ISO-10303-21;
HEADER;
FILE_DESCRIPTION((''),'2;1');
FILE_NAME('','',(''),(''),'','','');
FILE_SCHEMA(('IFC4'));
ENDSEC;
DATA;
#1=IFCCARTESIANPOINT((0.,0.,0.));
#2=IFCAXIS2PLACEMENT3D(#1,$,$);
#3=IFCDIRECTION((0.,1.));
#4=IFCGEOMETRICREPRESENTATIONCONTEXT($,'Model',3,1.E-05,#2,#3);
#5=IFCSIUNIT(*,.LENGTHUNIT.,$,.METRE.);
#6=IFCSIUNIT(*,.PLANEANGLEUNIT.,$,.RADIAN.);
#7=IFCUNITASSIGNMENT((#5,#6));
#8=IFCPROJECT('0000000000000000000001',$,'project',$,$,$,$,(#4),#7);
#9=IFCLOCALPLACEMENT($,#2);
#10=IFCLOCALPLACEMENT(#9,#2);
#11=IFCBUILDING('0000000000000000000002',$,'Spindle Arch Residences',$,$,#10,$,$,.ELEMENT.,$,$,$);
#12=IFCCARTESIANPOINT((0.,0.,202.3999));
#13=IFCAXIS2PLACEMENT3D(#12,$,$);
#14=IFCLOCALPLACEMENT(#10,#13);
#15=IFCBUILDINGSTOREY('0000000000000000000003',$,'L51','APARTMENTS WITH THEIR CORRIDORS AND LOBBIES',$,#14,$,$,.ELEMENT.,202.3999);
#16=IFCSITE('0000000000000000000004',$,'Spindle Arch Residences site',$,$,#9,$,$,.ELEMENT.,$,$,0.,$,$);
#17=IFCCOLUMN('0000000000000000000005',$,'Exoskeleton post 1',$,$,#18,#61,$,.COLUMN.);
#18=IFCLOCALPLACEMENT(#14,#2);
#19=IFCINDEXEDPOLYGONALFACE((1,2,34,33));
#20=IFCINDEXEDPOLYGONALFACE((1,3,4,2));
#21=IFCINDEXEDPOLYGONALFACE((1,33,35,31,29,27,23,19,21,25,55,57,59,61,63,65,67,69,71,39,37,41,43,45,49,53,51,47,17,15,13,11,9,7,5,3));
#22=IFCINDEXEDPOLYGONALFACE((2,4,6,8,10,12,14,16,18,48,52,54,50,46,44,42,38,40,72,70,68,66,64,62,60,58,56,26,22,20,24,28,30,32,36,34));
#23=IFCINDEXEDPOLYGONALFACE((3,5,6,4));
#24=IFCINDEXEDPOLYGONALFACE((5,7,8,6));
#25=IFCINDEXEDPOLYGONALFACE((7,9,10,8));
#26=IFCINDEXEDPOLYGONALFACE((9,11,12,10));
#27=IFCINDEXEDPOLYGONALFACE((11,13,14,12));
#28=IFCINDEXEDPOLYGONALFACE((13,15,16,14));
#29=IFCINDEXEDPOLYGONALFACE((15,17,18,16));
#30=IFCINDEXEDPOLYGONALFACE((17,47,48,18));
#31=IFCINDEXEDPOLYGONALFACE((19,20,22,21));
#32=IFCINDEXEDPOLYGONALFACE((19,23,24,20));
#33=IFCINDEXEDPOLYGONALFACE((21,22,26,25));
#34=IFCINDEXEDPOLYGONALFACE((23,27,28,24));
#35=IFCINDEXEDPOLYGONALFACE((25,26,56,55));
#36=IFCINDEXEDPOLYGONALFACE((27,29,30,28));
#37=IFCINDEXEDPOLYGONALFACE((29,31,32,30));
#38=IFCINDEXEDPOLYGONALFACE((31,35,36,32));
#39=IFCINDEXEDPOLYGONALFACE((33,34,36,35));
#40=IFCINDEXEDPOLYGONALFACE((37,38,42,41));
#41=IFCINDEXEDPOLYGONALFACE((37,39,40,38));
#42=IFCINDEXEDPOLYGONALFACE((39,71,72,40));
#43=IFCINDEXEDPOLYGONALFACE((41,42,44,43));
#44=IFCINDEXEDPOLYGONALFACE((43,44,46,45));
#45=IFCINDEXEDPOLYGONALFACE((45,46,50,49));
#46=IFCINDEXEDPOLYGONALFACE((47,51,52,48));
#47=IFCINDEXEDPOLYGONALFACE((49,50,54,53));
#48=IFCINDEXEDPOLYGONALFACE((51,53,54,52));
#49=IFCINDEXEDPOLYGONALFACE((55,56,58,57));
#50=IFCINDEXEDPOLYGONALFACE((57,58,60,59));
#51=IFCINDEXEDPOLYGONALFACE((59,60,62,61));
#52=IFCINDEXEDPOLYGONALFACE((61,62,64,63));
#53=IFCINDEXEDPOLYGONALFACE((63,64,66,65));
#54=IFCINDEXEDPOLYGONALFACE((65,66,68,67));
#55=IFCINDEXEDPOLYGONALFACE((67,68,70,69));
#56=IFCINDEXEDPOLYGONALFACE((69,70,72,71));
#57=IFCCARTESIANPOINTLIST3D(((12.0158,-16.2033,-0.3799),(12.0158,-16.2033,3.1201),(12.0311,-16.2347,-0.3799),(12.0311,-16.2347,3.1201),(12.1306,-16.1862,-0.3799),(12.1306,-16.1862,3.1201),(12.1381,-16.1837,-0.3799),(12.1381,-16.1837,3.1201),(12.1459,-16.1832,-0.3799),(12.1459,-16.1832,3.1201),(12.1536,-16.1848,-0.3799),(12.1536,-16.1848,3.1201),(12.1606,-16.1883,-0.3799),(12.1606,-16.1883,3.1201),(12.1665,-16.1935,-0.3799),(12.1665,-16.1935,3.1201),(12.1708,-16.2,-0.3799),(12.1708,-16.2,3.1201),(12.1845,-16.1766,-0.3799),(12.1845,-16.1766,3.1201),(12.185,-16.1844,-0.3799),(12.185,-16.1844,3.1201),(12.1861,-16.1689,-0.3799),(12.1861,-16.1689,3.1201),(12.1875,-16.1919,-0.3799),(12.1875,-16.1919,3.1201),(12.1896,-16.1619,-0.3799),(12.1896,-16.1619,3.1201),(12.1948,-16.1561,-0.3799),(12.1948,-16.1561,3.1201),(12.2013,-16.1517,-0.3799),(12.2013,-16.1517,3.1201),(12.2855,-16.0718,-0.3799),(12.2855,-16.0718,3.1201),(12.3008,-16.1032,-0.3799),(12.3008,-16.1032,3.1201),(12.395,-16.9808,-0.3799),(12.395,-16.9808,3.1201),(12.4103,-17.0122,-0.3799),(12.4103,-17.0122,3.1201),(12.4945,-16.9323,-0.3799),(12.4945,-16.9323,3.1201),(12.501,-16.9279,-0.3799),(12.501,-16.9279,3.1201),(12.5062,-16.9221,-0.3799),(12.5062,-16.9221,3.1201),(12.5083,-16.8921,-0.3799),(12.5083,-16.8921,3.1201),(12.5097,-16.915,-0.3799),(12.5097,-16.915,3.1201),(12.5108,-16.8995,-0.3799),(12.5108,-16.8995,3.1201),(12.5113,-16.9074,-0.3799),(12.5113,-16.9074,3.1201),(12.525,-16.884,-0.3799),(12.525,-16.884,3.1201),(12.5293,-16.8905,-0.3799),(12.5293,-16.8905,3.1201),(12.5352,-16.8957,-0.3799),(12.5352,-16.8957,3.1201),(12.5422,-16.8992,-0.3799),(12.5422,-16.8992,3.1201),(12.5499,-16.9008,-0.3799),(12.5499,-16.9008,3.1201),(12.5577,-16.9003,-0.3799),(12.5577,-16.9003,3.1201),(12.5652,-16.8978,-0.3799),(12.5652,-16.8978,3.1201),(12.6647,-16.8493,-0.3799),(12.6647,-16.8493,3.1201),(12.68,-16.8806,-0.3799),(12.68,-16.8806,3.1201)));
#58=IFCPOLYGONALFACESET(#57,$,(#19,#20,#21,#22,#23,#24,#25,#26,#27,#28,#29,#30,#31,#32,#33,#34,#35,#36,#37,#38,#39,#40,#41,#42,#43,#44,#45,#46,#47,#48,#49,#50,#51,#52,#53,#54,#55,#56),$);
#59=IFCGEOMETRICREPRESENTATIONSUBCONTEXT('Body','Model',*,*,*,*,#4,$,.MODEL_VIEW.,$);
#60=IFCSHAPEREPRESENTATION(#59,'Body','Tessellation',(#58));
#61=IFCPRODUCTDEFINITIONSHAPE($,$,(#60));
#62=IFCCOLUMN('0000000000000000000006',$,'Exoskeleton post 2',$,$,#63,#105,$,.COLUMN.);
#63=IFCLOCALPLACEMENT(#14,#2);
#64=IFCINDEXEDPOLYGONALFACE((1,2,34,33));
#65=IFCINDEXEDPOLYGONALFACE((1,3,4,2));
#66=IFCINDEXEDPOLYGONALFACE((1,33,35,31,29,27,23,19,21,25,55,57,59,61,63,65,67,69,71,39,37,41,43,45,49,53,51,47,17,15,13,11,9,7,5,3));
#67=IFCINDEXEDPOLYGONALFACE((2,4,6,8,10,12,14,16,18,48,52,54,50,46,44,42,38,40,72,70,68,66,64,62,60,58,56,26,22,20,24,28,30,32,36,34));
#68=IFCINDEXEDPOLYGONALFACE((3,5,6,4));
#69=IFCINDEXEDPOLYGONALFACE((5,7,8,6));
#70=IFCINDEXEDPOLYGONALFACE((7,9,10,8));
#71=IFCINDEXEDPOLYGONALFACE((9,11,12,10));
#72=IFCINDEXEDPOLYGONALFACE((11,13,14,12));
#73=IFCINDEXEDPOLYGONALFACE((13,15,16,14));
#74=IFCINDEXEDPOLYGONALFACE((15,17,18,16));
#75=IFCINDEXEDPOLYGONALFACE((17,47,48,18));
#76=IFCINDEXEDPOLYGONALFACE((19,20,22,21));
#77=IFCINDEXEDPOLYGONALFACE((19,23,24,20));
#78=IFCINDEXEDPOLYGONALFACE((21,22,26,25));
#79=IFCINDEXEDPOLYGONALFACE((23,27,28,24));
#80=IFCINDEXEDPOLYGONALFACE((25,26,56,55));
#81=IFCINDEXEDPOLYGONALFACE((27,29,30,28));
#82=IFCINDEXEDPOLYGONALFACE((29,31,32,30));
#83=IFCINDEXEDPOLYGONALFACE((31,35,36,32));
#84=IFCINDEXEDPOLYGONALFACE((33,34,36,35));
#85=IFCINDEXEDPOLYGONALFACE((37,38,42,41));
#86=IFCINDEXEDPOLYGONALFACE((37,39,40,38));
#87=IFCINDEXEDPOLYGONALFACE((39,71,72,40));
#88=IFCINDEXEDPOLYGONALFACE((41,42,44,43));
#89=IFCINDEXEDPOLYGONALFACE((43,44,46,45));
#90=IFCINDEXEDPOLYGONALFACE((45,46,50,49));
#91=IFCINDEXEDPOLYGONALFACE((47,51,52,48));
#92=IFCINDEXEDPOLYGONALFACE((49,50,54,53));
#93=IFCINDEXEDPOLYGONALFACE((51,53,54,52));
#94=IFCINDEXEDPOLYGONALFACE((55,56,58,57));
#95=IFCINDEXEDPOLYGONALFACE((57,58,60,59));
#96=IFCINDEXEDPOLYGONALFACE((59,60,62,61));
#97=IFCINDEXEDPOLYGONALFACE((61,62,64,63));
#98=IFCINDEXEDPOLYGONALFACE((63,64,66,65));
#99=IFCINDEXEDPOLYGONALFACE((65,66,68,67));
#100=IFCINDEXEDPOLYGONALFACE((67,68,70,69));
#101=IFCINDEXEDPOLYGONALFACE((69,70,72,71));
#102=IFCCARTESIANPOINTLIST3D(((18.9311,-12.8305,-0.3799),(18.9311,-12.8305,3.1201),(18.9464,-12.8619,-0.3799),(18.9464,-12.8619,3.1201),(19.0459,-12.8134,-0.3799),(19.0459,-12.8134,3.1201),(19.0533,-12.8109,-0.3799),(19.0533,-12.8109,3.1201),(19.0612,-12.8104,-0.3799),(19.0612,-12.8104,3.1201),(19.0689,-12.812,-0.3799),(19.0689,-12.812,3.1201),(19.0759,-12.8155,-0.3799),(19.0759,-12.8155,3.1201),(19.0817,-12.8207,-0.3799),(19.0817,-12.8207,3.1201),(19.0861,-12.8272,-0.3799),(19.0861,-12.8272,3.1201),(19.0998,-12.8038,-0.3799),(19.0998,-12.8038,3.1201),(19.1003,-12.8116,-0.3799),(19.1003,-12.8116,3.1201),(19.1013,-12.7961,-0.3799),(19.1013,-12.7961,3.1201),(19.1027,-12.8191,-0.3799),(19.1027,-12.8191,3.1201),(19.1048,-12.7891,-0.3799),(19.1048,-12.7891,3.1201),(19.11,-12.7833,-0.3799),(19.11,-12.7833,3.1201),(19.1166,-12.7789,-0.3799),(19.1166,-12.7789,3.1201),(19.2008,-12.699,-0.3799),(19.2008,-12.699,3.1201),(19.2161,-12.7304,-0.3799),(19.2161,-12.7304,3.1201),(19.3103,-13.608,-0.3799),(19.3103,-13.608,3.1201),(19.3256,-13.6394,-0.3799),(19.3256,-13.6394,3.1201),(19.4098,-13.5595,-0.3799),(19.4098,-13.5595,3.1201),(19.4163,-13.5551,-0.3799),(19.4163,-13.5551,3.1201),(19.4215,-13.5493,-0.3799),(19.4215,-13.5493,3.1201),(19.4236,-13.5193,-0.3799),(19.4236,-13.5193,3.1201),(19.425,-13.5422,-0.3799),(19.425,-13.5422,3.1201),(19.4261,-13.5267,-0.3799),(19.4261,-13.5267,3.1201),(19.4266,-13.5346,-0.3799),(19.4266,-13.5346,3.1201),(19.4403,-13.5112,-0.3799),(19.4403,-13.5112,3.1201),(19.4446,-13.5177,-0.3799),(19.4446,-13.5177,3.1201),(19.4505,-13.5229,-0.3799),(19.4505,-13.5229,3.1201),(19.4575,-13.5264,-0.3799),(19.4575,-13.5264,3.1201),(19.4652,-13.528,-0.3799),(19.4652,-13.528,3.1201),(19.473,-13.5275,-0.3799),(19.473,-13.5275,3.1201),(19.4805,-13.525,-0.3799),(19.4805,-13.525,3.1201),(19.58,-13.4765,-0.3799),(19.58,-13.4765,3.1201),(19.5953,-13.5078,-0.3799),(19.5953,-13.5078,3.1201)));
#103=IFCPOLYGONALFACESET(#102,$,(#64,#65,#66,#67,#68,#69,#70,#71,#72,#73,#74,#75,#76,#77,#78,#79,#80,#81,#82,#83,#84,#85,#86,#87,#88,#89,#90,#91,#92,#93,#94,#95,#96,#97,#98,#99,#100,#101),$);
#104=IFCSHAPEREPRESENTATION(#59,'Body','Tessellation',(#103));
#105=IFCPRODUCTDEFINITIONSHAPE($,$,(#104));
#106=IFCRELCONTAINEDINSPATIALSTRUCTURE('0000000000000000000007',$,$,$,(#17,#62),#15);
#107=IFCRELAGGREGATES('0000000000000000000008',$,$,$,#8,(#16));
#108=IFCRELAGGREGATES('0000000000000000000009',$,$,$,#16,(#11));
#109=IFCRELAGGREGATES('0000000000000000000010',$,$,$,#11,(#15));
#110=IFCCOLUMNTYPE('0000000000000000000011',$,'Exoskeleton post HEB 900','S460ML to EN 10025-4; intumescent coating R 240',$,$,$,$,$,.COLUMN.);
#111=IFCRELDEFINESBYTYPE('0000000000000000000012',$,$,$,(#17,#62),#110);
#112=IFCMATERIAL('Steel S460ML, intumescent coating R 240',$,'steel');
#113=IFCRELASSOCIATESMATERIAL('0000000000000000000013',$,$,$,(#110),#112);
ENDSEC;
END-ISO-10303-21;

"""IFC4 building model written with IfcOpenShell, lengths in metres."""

from ifc_helpers import new_model, si_unit, direction, frame, origin, origin_2d, place, context, subcontext, project, spatial, i_section, extrude, material, material_profile, profile_set, type_object, element, save


model = new_model("IFC4")

# Units and contexts
model_context = context("Model", 3, precision=1e-05, world=origin(), true_north=direction((0.0, 1.0)))
body_context = subcontext(model_context, "Body", "Model", "MODEL_VIEW")
ifc_project = project(units=[si_unit("LENGTHUNIT", "METRE"), si_unit("PLANEANGLEUNIT", "RADIAN")], contexts=[model_context])

# Site, building, storey
site_placement = place(None, origin())
site = spatial("IfcSite", under=ifc_project, at=site_placement, Name="Spindle Arch Residences site", CompositionType="ELEMENT", RefElevation=0.0)
building_placement = place(site_placement, origin())
building = spatial("IfcBuilding", under=site, at=building_placement, Name="Spindle Arch Residences", CompositionType="ELEMENT")
storey_placement = place(building_placement, frame((0.0, 0.0, 202.3999)))
storey = spatial("IfcBuildingStorey", under=building, at=storey_placement, Name="L51", Description="APARTMENTS WITH THEIR CORRIDORS AND LOBBIES", CompositionType="ELEMENT", Elevation=202.3999)

# Columns
ifc_material_1 = material(Name="Steel S460ML, intumescent coating R 240", Category="steel")
ifc_material_profile_1 = material_profile(ifc_material_1, i_section(OverallWidth=0.3, OverallDepth=0.8999, WebThickness=0.0186, FlangeThickness=0.0349, FilletRadius=0.03, at=origin_2d()), Name="HEB 900")
ifc_profile_set_1 = profile_set([ifc_material_profile_1], Name="Steel S460ML, intumescent coating R 240")
column_type_1 = type_object("IfcColumnType", Name="Exoskeleton post HEB 900", Description="S460ML to EN 10025-4; intumescent coating R 240", PredefinedType="COLUMN", material=ifc_profile_set_1)
for number, where, z_axis, x_axis, name in (
    (1, (12.3479, -16.542, -0.3799), (0.0, 0.0, 1.0), (-0.898794, -0.438371, 0.0), "Exoskeleton post 1"),
    (2, (19.2632, -13.1692, -0.3799), (0.0, 0.0, 1.0), (-0.898794, -0.438371, 0.0), "Exoskeleton post 2"),
):
    element("IfcColumn", number, at=place(storey_placement, frame(where, z_axis=z_axis, x_axis=x_axis)), inside=storey, type_object=column_type_1, Name=name, PredefinedType="COLUMN", context=body_context, shape_type="SweptSolid", body=[
        extrude(i_section(OverallWidth=0.3, OverallDepth=0.8999, WebThickness=0.0186, FlangeThickness=0.0349, FilletRadius=0.03, at=origin_2d()), origin(), (0.0, 0.0, 1.0), 3.5),
    ])

save(model, "model.ifc")
